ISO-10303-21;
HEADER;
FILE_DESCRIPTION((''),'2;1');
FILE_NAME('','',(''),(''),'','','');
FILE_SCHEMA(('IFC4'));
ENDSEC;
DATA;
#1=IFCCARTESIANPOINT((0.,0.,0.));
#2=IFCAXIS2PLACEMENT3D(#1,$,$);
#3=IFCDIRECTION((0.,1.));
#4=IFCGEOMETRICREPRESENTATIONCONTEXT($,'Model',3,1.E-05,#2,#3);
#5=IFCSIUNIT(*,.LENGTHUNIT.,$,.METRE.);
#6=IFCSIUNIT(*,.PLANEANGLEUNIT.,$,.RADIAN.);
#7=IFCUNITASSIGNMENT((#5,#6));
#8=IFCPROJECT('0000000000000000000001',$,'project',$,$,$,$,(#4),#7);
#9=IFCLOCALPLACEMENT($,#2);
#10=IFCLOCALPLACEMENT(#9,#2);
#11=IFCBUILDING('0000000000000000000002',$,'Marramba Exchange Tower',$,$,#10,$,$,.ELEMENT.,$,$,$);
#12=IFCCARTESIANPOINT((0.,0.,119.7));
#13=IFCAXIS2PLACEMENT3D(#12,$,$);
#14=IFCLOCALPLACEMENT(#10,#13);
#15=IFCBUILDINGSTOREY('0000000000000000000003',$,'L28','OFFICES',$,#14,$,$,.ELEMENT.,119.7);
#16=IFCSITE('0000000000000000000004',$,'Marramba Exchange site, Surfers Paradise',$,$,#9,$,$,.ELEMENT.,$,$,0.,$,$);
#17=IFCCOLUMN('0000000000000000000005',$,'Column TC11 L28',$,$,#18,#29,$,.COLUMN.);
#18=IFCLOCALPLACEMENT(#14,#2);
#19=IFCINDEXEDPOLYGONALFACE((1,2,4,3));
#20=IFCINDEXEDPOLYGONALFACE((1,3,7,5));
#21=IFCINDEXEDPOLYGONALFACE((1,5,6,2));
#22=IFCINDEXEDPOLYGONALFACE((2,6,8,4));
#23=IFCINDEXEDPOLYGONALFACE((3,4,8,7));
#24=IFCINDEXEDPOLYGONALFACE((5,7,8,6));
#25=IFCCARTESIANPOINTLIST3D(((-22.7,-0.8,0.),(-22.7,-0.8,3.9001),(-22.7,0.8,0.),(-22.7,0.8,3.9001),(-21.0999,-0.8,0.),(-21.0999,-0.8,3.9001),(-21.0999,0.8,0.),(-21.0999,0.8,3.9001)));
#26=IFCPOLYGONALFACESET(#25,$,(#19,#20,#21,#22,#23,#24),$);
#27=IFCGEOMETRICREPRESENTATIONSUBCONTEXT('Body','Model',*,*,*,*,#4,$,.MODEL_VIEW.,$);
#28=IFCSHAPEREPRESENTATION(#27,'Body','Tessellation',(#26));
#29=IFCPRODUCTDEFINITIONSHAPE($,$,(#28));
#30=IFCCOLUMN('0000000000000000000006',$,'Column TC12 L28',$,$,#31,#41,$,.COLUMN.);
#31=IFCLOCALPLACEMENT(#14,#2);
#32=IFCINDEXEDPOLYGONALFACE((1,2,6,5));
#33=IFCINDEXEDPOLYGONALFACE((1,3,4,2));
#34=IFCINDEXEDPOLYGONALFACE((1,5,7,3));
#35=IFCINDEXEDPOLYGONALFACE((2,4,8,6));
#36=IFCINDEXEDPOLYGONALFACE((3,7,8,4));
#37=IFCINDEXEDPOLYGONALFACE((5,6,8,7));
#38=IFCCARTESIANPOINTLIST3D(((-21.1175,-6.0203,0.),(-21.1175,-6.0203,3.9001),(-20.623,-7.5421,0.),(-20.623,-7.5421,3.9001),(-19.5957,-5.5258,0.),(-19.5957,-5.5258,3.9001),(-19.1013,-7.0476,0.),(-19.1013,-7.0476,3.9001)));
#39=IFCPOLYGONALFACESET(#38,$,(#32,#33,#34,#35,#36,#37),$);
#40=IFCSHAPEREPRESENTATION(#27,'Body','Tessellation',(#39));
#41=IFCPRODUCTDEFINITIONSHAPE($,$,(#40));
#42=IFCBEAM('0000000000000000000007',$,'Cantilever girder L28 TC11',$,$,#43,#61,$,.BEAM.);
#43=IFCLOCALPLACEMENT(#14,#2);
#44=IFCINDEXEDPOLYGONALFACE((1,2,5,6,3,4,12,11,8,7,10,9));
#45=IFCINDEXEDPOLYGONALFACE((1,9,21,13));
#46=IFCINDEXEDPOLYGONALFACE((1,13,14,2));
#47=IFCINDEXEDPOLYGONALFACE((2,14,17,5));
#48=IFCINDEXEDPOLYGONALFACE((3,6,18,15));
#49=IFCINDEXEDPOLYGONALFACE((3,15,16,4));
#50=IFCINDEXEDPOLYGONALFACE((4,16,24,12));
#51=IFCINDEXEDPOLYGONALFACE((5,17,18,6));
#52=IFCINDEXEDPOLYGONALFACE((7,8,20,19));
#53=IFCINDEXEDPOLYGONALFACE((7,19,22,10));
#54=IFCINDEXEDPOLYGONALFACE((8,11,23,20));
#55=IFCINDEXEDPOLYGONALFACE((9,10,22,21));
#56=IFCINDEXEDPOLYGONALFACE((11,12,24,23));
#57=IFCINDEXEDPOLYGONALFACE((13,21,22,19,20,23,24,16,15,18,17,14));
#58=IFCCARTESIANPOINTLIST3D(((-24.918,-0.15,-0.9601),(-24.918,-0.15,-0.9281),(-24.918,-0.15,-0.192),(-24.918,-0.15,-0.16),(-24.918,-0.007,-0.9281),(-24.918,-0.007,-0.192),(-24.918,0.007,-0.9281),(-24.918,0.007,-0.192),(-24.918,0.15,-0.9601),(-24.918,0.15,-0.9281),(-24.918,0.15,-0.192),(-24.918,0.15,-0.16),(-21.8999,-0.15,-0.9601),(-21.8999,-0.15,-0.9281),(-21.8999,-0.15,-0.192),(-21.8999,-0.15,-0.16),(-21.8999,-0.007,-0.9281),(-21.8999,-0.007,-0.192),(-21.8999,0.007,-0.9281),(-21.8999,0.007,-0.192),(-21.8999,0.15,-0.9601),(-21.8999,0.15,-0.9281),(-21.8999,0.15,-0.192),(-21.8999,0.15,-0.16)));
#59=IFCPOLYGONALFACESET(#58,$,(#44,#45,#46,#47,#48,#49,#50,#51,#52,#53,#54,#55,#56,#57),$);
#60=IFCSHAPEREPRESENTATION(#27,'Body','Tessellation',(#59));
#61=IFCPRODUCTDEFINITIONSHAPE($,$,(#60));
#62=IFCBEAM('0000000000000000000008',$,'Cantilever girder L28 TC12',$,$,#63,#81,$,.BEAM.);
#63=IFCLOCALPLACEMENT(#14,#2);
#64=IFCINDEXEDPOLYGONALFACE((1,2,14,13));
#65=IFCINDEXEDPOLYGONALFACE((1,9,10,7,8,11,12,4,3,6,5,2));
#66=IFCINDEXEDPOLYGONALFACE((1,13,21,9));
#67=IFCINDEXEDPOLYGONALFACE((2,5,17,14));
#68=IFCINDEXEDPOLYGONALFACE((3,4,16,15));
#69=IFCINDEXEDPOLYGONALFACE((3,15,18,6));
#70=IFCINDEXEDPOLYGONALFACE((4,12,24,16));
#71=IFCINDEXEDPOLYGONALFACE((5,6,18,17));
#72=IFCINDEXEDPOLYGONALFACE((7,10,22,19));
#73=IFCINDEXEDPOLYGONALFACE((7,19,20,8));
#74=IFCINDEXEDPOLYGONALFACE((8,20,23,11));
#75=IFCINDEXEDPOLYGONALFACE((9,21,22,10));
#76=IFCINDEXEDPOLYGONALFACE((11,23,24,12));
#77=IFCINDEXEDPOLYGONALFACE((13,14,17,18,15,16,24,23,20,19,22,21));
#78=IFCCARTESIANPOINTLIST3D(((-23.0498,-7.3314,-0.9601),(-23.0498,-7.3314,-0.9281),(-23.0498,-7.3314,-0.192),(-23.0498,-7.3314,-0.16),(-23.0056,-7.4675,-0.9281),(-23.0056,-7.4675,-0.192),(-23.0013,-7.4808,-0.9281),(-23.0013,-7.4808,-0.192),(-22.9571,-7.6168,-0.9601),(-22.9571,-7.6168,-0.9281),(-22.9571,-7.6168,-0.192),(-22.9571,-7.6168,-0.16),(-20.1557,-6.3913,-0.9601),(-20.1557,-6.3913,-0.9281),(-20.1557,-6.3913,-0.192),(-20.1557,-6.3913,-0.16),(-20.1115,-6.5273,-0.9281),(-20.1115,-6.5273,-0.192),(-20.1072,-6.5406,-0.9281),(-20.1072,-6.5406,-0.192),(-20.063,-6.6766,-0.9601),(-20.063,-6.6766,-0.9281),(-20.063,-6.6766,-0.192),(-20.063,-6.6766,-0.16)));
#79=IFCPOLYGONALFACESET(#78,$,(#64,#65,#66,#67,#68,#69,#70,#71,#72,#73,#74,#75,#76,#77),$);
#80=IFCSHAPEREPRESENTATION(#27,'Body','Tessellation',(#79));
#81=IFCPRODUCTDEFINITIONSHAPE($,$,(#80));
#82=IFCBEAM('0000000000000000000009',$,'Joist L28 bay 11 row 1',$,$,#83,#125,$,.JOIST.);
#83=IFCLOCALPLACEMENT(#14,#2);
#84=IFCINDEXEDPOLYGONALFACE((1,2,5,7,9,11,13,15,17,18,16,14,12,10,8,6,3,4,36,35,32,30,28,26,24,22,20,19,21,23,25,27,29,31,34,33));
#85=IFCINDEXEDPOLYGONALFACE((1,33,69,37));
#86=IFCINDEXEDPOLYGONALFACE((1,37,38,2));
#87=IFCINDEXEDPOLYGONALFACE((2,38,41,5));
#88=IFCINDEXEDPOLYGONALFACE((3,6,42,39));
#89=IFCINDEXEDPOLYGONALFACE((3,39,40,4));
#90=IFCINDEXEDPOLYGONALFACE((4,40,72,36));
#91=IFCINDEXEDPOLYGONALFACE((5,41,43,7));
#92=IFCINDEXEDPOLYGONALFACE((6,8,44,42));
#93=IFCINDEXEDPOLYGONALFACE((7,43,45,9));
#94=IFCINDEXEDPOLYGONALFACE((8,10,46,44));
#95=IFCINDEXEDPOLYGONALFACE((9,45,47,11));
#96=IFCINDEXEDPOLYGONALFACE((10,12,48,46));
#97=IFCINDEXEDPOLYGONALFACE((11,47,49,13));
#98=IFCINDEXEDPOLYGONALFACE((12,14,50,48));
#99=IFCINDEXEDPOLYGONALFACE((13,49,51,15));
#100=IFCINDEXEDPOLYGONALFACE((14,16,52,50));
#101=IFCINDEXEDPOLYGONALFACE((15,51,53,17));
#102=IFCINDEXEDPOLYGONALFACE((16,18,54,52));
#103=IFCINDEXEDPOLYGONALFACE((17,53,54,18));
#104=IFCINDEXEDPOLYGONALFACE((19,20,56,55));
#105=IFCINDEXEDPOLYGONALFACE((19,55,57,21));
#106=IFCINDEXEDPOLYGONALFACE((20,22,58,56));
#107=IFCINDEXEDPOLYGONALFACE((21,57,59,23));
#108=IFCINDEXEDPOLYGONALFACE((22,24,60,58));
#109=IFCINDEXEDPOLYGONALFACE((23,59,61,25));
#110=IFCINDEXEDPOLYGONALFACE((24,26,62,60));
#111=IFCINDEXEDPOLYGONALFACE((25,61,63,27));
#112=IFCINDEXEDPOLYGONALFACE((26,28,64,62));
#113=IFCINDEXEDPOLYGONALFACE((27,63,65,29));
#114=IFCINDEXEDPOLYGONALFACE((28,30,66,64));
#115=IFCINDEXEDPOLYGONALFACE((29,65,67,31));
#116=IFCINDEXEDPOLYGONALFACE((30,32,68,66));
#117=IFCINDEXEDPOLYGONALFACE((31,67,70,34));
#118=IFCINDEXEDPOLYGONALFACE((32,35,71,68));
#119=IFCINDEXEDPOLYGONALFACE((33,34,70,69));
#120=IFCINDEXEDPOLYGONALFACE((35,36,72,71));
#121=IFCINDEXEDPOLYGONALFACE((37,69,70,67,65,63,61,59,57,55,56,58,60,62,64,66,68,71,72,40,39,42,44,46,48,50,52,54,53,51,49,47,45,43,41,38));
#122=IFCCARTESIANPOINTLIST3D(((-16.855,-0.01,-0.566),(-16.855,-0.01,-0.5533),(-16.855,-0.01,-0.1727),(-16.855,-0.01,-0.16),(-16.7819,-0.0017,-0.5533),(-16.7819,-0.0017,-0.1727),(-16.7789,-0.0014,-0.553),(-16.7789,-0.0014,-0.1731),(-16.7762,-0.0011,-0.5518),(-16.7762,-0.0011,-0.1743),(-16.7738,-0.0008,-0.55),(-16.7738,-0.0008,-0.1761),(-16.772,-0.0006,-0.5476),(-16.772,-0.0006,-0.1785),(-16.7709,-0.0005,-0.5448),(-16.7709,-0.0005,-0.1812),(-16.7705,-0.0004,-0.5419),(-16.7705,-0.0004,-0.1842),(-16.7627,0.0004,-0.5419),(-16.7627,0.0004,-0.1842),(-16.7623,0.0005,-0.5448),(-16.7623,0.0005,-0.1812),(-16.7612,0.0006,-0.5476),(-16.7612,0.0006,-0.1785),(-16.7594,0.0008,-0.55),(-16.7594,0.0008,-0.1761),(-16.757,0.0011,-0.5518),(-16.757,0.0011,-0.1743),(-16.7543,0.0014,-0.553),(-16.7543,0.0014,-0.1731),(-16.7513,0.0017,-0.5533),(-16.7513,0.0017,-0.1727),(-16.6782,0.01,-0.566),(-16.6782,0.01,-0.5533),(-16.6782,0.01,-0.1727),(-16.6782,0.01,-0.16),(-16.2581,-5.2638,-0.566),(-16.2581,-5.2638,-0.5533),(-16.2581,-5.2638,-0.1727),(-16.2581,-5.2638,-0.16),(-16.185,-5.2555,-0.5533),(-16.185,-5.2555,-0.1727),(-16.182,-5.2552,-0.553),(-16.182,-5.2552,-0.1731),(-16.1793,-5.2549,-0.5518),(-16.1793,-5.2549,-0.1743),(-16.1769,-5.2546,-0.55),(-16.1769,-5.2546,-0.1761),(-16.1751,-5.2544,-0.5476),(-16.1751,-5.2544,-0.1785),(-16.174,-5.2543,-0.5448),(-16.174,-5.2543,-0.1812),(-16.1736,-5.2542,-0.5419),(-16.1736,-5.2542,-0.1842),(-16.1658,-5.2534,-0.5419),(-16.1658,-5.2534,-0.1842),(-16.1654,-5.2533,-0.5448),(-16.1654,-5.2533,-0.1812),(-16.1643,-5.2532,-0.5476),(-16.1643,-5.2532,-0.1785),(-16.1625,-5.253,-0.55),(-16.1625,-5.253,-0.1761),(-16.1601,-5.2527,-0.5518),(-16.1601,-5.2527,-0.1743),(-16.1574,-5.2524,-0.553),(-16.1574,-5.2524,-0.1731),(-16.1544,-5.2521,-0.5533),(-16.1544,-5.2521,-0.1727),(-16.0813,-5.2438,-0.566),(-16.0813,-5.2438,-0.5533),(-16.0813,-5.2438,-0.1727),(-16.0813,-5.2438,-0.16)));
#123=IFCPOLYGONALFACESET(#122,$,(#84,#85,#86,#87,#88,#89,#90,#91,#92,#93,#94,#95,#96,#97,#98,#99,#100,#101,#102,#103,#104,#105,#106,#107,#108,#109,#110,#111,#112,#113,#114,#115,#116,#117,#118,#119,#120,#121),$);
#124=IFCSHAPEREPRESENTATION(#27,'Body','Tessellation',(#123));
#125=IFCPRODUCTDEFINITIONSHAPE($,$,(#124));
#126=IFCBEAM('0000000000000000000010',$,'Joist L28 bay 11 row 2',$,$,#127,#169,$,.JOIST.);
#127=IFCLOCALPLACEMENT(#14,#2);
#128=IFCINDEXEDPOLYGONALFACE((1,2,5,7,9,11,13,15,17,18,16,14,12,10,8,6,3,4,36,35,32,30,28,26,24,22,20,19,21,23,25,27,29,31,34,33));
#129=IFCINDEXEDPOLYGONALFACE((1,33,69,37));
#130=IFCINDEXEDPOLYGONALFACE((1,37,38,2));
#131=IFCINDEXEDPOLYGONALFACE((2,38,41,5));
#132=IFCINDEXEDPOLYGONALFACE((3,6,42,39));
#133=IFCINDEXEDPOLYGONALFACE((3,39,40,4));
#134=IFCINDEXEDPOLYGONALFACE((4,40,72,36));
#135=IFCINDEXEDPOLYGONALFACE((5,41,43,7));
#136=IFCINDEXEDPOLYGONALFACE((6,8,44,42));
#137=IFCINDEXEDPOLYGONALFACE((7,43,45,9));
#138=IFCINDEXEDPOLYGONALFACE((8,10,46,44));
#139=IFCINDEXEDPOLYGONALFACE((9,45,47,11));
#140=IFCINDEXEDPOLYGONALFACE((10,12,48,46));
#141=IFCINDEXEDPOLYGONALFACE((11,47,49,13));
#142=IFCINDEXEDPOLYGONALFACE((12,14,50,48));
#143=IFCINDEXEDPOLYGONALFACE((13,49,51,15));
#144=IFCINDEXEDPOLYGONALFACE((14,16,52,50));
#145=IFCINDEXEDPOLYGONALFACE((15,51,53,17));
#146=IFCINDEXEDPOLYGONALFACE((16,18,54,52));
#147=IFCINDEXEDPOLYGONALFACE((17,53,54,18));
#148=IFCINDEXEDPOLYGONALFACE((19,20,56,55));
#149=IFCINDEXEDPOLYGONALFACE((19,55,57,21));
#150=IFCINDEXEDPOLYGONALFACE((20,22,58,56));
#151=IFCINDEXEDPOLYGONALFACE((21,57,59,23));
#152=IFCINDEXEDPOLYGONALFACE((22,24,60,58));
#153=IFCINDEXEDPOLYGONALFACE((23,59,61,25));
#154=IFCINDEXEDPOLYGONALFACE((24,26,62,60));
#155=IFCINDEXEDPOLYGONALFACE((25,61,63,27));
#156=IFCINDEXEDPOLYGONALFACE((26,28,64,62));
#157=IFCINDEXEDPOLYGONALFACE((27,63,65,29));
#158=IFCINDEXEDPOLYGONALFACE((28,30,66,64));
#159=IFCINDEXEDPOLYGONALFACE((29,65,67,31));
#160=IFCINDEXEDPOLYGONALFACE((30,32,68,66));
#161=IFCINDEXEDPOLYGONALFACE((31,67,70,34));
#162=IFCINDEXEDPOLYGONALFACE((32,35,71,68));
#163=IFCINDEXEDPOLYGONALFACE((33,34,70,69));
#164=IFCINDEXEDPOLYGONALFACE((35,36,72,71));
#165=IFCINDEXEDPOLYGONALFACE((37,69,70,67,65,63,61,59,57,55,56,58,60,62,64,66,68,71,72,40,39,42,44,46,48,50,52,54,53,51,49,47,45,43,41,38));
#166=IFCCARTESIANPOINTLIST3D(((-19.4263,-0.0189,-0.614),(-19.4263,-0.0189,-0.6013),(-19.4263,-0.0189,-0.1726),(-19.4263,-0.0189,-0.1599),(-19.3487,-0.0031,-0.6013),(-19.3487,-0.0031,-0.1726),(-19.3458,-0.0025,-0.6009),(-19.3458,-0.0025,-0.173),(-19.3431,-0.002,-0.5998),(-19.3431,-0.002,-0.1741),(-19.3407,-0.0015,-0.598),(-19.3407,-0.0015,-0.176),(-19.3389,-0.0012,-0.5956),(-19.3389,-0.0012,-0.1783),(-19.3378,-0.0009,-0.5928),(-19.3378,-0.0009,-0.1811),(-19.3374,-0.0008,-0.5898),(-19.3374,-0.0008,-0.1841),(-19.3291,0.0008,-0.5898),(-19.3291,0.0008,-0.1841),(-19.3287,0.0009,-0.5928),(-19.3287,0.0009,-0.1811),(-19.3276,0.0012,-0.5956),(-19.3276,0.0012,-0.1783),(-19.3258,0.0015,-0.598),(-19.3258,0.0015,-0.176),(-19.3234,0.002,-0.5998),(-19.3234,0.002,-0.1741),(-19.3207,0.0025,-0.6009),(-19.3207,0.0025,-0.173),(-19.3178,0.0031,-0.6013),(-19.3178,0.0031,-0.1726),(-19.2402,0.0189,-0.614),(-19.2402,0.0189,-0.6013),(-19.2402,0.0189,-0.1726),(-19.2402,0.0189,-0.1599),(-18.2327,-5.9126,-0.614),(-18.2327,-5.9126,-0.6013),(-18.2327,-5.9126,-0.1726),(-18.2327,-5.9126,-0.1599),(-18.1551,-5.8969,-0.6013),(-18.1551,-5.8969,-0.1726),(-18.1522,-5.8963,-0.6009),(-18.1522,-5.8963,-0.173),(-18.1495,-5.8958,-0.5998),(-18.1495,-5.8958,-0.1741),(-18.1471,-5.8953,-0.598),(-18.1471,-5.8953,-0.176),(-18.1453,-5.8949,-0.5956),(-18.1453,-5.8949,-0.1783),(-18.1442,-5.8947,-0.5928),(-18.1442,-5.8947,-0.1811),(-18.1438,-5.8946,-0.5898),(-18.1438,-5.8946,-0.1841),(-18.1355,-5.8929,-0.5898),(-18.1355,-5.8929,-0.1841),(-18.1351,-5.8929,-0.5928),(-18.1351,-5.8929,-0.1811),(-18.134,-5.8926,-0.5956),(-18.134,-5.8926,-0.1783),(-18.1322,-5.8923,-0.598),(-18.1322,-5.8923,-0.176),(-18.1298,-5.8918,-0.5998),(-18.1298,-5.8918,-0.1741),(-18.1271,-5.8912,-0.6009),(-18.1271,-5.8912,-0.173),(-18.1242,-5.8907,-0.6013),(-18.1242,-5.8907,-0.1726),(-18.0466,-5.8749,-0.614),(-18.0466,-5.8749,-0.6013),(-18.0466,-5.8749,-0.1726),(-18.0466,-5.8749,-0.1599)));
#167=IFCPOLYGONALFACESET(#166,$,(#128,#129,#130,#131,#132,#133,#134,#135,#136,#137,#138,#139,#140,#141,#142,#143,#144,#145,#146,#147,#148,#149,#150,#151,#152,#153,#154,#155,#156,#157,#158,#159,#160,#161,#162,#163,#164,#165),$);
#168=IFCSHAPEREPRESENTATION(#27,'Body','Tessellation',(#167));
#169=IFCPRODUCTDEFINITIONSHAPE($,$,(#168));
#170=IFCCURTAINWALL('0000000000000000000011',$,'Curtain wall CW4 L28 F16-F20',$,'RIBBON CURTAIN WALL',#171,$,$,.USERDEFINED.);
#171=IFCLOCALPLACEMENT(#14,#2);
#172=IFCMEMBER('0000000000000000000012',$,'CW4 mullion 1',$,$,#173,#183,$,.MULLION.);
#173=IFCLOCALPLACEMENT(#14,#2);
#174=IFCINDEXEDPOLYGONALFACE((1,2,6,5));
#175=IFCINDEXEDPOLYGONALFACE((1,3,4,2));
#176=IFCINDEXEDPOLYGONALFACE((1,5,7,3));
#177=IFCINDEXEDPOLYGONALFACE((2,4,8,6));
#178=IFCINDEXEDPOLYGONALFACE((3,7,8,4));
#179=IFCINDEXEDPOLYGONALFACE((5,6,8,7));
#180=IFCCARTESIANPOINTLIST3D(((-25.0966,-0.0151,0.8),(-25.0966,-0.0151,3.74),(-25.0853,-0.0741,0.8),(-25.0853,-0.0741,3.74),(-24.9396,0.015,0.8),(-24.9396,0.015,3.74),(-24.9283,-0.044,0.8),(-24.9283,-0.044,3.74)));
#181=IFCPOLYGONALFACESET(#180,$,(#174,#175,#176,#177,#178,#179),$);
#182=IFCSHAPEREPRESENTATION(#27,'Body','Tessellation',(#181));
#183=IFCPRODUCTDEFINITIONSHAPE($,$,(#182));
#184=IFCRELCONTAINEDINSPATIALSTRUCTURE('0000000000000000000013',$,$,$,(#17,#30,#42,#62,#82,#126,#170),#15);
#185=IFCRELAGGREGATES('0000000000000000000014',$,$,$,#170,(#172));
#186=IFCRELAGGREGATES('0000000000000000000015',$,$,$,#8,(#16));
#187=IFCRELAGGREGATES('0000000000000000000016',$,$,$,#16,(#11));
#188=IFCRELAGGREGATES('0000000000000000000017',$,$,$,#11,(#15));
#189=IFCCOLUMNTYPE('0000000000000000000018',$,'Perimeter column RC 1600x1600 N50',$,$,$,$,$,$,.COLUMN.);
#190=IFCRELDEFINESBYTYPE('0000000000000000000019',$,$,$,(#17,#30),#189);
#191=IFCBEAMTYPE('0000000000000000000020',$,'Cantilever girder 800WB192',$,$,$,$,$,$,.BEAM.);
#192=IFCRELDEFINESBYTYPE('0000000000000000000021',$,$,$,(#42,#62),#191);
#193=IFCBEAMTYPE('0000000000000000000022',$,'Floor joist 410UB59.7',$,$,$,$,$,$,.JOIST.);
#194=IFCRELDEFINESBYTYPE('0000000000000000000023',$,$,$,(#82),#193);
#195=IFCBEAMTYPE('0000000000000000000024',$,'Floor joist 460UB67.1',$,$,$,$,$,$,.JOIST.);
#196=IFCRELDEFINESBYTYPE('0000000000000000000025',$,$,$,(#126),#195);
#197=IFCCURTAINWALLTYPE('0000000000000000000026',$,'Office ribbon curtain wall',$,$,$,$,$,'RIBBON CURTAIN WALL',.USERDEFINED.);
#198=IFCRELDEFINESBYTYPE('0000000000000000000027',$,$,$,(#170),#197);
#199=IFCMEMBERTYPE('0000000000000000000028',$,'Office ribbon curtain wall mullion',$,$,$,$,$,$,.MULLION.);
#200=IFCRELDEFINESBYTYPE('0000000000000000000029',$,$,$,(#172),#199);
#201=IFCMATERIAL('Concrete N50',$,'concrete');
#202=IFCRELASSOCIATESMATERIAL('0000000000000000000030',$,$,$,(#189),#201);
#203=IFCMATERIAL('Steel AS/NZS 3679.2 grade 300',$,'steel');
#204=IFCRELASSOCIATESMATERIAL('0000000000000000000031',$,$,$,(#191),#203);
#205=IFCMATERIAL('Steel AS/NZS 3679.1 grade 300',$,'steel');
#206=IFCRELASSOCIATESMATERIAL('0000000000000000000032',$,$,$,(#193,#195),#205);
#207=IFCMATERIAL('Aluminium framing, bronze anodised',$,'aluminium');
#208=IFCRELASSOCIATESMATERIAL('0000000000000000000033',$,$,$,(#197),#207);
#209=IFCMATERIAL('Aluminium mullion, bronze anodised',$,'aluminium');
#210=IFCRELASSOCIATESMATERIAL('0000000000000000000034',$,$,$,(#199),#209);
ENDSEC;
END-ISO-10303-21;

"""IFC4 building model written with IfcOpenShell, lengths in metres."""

from ifc_helpers import new_model, si_unit, direction, frame, origin, origin_2d, place, context, subcontext, project, spatial, rectangle, i_section, extrude, material, material_profile, profile_set, type_object, element, aggregate, save


model = new_model("IFC4")

# Units and contexts
model_context = context("Model", 3, precision=1e-05, world=origin(), true_north=direction((0.0, 1.0)))
body_context = subcontext(model_context, "Body", "Model", "MODEL_VIEW")
ifc_project = project(units=[si_unit("LENGTHUNIT", "METRE"), si_unit("PLANEANGLEUNIT", "RADIAN")], contexts=[model_context])

# Site, building, storey
site_placement = place(None, origin())
site = spatial("IfcSite", under=ifc_project, at=site_placement, Name="Marramba Exchange site, Surfers Paradise", CompositionType="ELEMENT", RefElevation=0.0)
building_placement = place(site_placement, origin())
building = spatial("IfcBuilding", under=site, at=building_placement, Name="Marramba Exchange Tower", CompositionType="ELEMENT")
storey_placement = place(building_placement, frame((0.0, 0.0, 119.7)))
storey = spatial("IfcBuildingStorey", under=building, at=storey_placement, Name="L28", Description="OFFICES", CompositionType="ELEMENT", Elevation=119.7)

# Columns
ifc_material_1 = material(Name="Concrete N50", Category="concrete")
ifc_material_profile_1 = material_profile(ifc_material_1, rectangle(XDim=1.6001, YDim=1.6001, at=origin_2d()), Name="RC 1600x1600")
ifc_profile_set_1 = profile_set([ifc_material_profile_1], Name="Concrete N50")
column_type = type_object("IfcColumnType", Name="Perimeter column RC 1600x1600 N50", PredefinedType="COLUMN", material=ifc_profile_set_1)
for number, where, z_axis, x_axis, name in (
    (1, (-21.8999, 0.0, 0.0), (0.0, 0.0, 1.0), (-1.0, 0.0, 0.0), "Column TC11 L28"),
    (2, (-20.1094, -6.5339, 0.0), (0.0, 0.0, 1.0), (-0.951057, -0.309017, 0.0), "Column TC12 L28"),
):
    element("IfcColumn", number, at=place(storey_placement, frame(where, z_axis=z_axis, x_axis=x_axis)), inside=storey, type_object=column_type, Name=name, PredefinedType="COLUMN", context=body_context, shape_type="SweptSolid", body=[
        extrude(rectangle(XDim=1.6001, YDim=1.6001, at=origin_2d()), origin(), (0.0, 0.0, 1.0), 3.9001),
    ])

# Beams
ifc_material_2 = material(Name="Steel AS/NZS 3679.2 grade 300", Category="steel")
ifc_material_profile_2 = material_profile(ifc_material_2, i_section(OverallWidth=0.3, OverallDepth=0.8, WebThickness=0.0139, FlangeThickness=0.032, at=origin_2d()), Name="800WB192")
ifc_profile_set_2 = profile_set([ifc_material_profile_2], Name="Steel AS/NZS 3679.2 grade 300")
beam_type_1 = type_object("IfcBeamType", Name="Cantilever girder 800WB192", PredefinedType="BEAM", material=ifc_profile_set_2)
beam_1_placement = place(storey_placement, frame((-21.8999, 0.0, -0.5601), z_axis=(-1.0, 0.0, 0.0), x_axis=(0.0, -1.0, 0.0)))
element("IfcBeam", 3, at=beam_1_placement, inside=storey, type_object=beam_type_1, Name="Cantilever girder L28 TC11", PredefinedType="BEAM", context=body_context, shape_type="SweptSolid", body=[
    extrude(i_section(OverallWidth=0.3, OverallDepth=0.8, WebThickness=0.0139, FlangeThickness=0.032, at=origin_2d()), origin(), (0.0, 0.0, 1.0), 3.0181),
])
beam_2_placement = place(storey_placement, frame((-20.1094, -6.5339, -0.5601), z_axis=(-0.951071, -0.308974, 0.0), x_axis=(0.308974, -0.951071, 0.0)))
element("IfcBeam", 4, at=beam_2_placement, inside=storey, type_object=beam_type_1, Name="Cantilever girder L28 TC12", PredefinedType="BEAM", context=body_context, shape_type="SweptSolid", body=[
    extrude(i_section(OverallWidth=0.3, OverallDepth=0.8, WebThickness=0.0139, FlangeThickness=0.032, at=origin_2d()), origin(), (0.0, 0.0, 1.0), 3.043),
])
ifc_material_3 = material(Name="Steel AS/NZS 3679.1 grade 300", Category="steel")
ifc_material_profile_3 = material_profile(ifc_material_3, i_section(OverallWidth=0.178, OverallDepth=0.406, WebThickness=0.0078, FlangeThickness=0.0127, FilletRadius=0.0115, at=origin_2d()), Name="410UB59.7")
ifc_profile_set_3 = profile_set([ifc_material_profile_3], Name="Steel AS/NZS 3679.1 grade 300")
beam_type_2 = type_object("IfcBeamType", Name="Floor joist 410UB59.7", PredefinedType="JOIST", material=ifc_profile_set_3)
beam_3_placement = place(storey_placement, frame((-16.7666, 0.0, -0.363), z_axis=(0.112889, -0.993608, 0.0), x_axis=(0.993608, 0.112889, 0.0)))
element("IfcBeam", 5, at=beam_3_placement, inside=storey, type_object=beam_type_2, Name="Joist L28 bay 11 row 1", PredefinedType="JOIST", context=body_context, shape_type="SweptSolid", body=[
    extrude(i_section(OverallWidth=0.178, OverallDepth=0.406, WebThickness=0.0078, FlangeThickness=0.0127, FilletRadius=0.0115, at=origin_2d()), origin(), (0.0, 0.0, 1.0), 5.2876),
])
ifc_material_profile_4 = material_profile(ifc_material_3, i_section(OverallWidth=0.1899, OverallDepth=0.4541, WebThickness=0.0085, FlangeThickness=0.0127, FilletRadius=0.0115, at=origin_2d()), Name="460UB67.1")
ifc_profile_set_4 = profile_set([ifc_material_profile_4], Name="Steel AS/NZS 3679.1 grade 300")
beam_type_3 = type_object("IfcBeamType", Name="Floor joist 460UB67.1", PredefinedType="JOIST", material=ifc_profile_set_4)
beam_4_placement = place(storey_placement, frame((-19.3333, 0.0, -0.387), z_axis=(0.198489, -0.980103, 0.0), x_axis=(0.980103, 0.198489, 0.0)))
element("IfcBeam", 6, at=beam_4_placement, inside=storey, type_object=beam_type_3, Name="Joist L28 bay 11 row 2", PredefinedType="JOIST", context=body_context, shape_type="SweptSolid", body=[
    extrude(i_section(OverallWidth=0.1899, OverallDepth=0.4541, WebThickness=0.0085, FlangeThickness=0.0127, FilletRadius=0.0115, at=origin_2d()), origin(), (0.0, 0.0, 1.0), 6.0134),
])

# Curtain wall, member
ifc_material_4 = material(Name="Aluminium framing, bronze anodised", Category="aluminium")
curtain_wall_type = type_object("IfcCurtainWallType", Name="Office ribbon curtain wall", ElementType="RIBBON CURTAIN WALL", PredefinedType="USERDEFINED", material=ifc_material_4)
curtain_wall_placement = place(storey_placement, origin())
curtain_wall = element("IfcCurtainWall", 7, at=curtain_wall_placement, inside=storey, type_object=curtain_wall_type, Name="Curtain wall CW4 L28 F16-F20", ObjectType="RIBBON CURTAIN WALL", PredefinedType="USERDEFINED")
ifc_material_5 = material(Name="Aluminium mullion, bronze anodised", Category="aluminium")
ifc_material_profile_5 = material_profile(ifc_material_5, rectangle(XDim=0.1599, YDim=0.0601, at=origin_2d()), Name="CW4 mullion 60x160")
ifc_profile_set_5 = profile_set([ifc_material_profile_5], Name="Aluminium mullion, bronze anodised")
member_type_1 = type_object("IfcMemberType", Name="Office ribbon curtain wall mullion", PredefinedType="MULLION", material=ifc_profile_set_5)
member_1_placement = place(storey_placement, frame((-25.0125, -0.0295, 0.8), z_axis=(0.0, 0.0, 1.0), x_axis=(0.982126, 0.188227, 0.0)))
member_1 = element("IfcMember", 8, at=member_1_placement, type_object=member_type_1, Name="CW4 mullion 1", PredefinedType="MULLION", context=body_context, shape_type="SweptSolid", body=[
    extrude(rectangle(XDim=0.1599, YDim=0.0601, at=origin_2d()), origin(), (0.0, 0.0, 1.0), 2.9399),
])

aggregate(curtain_wall, [member_1])

save(model, "model.ifc")
